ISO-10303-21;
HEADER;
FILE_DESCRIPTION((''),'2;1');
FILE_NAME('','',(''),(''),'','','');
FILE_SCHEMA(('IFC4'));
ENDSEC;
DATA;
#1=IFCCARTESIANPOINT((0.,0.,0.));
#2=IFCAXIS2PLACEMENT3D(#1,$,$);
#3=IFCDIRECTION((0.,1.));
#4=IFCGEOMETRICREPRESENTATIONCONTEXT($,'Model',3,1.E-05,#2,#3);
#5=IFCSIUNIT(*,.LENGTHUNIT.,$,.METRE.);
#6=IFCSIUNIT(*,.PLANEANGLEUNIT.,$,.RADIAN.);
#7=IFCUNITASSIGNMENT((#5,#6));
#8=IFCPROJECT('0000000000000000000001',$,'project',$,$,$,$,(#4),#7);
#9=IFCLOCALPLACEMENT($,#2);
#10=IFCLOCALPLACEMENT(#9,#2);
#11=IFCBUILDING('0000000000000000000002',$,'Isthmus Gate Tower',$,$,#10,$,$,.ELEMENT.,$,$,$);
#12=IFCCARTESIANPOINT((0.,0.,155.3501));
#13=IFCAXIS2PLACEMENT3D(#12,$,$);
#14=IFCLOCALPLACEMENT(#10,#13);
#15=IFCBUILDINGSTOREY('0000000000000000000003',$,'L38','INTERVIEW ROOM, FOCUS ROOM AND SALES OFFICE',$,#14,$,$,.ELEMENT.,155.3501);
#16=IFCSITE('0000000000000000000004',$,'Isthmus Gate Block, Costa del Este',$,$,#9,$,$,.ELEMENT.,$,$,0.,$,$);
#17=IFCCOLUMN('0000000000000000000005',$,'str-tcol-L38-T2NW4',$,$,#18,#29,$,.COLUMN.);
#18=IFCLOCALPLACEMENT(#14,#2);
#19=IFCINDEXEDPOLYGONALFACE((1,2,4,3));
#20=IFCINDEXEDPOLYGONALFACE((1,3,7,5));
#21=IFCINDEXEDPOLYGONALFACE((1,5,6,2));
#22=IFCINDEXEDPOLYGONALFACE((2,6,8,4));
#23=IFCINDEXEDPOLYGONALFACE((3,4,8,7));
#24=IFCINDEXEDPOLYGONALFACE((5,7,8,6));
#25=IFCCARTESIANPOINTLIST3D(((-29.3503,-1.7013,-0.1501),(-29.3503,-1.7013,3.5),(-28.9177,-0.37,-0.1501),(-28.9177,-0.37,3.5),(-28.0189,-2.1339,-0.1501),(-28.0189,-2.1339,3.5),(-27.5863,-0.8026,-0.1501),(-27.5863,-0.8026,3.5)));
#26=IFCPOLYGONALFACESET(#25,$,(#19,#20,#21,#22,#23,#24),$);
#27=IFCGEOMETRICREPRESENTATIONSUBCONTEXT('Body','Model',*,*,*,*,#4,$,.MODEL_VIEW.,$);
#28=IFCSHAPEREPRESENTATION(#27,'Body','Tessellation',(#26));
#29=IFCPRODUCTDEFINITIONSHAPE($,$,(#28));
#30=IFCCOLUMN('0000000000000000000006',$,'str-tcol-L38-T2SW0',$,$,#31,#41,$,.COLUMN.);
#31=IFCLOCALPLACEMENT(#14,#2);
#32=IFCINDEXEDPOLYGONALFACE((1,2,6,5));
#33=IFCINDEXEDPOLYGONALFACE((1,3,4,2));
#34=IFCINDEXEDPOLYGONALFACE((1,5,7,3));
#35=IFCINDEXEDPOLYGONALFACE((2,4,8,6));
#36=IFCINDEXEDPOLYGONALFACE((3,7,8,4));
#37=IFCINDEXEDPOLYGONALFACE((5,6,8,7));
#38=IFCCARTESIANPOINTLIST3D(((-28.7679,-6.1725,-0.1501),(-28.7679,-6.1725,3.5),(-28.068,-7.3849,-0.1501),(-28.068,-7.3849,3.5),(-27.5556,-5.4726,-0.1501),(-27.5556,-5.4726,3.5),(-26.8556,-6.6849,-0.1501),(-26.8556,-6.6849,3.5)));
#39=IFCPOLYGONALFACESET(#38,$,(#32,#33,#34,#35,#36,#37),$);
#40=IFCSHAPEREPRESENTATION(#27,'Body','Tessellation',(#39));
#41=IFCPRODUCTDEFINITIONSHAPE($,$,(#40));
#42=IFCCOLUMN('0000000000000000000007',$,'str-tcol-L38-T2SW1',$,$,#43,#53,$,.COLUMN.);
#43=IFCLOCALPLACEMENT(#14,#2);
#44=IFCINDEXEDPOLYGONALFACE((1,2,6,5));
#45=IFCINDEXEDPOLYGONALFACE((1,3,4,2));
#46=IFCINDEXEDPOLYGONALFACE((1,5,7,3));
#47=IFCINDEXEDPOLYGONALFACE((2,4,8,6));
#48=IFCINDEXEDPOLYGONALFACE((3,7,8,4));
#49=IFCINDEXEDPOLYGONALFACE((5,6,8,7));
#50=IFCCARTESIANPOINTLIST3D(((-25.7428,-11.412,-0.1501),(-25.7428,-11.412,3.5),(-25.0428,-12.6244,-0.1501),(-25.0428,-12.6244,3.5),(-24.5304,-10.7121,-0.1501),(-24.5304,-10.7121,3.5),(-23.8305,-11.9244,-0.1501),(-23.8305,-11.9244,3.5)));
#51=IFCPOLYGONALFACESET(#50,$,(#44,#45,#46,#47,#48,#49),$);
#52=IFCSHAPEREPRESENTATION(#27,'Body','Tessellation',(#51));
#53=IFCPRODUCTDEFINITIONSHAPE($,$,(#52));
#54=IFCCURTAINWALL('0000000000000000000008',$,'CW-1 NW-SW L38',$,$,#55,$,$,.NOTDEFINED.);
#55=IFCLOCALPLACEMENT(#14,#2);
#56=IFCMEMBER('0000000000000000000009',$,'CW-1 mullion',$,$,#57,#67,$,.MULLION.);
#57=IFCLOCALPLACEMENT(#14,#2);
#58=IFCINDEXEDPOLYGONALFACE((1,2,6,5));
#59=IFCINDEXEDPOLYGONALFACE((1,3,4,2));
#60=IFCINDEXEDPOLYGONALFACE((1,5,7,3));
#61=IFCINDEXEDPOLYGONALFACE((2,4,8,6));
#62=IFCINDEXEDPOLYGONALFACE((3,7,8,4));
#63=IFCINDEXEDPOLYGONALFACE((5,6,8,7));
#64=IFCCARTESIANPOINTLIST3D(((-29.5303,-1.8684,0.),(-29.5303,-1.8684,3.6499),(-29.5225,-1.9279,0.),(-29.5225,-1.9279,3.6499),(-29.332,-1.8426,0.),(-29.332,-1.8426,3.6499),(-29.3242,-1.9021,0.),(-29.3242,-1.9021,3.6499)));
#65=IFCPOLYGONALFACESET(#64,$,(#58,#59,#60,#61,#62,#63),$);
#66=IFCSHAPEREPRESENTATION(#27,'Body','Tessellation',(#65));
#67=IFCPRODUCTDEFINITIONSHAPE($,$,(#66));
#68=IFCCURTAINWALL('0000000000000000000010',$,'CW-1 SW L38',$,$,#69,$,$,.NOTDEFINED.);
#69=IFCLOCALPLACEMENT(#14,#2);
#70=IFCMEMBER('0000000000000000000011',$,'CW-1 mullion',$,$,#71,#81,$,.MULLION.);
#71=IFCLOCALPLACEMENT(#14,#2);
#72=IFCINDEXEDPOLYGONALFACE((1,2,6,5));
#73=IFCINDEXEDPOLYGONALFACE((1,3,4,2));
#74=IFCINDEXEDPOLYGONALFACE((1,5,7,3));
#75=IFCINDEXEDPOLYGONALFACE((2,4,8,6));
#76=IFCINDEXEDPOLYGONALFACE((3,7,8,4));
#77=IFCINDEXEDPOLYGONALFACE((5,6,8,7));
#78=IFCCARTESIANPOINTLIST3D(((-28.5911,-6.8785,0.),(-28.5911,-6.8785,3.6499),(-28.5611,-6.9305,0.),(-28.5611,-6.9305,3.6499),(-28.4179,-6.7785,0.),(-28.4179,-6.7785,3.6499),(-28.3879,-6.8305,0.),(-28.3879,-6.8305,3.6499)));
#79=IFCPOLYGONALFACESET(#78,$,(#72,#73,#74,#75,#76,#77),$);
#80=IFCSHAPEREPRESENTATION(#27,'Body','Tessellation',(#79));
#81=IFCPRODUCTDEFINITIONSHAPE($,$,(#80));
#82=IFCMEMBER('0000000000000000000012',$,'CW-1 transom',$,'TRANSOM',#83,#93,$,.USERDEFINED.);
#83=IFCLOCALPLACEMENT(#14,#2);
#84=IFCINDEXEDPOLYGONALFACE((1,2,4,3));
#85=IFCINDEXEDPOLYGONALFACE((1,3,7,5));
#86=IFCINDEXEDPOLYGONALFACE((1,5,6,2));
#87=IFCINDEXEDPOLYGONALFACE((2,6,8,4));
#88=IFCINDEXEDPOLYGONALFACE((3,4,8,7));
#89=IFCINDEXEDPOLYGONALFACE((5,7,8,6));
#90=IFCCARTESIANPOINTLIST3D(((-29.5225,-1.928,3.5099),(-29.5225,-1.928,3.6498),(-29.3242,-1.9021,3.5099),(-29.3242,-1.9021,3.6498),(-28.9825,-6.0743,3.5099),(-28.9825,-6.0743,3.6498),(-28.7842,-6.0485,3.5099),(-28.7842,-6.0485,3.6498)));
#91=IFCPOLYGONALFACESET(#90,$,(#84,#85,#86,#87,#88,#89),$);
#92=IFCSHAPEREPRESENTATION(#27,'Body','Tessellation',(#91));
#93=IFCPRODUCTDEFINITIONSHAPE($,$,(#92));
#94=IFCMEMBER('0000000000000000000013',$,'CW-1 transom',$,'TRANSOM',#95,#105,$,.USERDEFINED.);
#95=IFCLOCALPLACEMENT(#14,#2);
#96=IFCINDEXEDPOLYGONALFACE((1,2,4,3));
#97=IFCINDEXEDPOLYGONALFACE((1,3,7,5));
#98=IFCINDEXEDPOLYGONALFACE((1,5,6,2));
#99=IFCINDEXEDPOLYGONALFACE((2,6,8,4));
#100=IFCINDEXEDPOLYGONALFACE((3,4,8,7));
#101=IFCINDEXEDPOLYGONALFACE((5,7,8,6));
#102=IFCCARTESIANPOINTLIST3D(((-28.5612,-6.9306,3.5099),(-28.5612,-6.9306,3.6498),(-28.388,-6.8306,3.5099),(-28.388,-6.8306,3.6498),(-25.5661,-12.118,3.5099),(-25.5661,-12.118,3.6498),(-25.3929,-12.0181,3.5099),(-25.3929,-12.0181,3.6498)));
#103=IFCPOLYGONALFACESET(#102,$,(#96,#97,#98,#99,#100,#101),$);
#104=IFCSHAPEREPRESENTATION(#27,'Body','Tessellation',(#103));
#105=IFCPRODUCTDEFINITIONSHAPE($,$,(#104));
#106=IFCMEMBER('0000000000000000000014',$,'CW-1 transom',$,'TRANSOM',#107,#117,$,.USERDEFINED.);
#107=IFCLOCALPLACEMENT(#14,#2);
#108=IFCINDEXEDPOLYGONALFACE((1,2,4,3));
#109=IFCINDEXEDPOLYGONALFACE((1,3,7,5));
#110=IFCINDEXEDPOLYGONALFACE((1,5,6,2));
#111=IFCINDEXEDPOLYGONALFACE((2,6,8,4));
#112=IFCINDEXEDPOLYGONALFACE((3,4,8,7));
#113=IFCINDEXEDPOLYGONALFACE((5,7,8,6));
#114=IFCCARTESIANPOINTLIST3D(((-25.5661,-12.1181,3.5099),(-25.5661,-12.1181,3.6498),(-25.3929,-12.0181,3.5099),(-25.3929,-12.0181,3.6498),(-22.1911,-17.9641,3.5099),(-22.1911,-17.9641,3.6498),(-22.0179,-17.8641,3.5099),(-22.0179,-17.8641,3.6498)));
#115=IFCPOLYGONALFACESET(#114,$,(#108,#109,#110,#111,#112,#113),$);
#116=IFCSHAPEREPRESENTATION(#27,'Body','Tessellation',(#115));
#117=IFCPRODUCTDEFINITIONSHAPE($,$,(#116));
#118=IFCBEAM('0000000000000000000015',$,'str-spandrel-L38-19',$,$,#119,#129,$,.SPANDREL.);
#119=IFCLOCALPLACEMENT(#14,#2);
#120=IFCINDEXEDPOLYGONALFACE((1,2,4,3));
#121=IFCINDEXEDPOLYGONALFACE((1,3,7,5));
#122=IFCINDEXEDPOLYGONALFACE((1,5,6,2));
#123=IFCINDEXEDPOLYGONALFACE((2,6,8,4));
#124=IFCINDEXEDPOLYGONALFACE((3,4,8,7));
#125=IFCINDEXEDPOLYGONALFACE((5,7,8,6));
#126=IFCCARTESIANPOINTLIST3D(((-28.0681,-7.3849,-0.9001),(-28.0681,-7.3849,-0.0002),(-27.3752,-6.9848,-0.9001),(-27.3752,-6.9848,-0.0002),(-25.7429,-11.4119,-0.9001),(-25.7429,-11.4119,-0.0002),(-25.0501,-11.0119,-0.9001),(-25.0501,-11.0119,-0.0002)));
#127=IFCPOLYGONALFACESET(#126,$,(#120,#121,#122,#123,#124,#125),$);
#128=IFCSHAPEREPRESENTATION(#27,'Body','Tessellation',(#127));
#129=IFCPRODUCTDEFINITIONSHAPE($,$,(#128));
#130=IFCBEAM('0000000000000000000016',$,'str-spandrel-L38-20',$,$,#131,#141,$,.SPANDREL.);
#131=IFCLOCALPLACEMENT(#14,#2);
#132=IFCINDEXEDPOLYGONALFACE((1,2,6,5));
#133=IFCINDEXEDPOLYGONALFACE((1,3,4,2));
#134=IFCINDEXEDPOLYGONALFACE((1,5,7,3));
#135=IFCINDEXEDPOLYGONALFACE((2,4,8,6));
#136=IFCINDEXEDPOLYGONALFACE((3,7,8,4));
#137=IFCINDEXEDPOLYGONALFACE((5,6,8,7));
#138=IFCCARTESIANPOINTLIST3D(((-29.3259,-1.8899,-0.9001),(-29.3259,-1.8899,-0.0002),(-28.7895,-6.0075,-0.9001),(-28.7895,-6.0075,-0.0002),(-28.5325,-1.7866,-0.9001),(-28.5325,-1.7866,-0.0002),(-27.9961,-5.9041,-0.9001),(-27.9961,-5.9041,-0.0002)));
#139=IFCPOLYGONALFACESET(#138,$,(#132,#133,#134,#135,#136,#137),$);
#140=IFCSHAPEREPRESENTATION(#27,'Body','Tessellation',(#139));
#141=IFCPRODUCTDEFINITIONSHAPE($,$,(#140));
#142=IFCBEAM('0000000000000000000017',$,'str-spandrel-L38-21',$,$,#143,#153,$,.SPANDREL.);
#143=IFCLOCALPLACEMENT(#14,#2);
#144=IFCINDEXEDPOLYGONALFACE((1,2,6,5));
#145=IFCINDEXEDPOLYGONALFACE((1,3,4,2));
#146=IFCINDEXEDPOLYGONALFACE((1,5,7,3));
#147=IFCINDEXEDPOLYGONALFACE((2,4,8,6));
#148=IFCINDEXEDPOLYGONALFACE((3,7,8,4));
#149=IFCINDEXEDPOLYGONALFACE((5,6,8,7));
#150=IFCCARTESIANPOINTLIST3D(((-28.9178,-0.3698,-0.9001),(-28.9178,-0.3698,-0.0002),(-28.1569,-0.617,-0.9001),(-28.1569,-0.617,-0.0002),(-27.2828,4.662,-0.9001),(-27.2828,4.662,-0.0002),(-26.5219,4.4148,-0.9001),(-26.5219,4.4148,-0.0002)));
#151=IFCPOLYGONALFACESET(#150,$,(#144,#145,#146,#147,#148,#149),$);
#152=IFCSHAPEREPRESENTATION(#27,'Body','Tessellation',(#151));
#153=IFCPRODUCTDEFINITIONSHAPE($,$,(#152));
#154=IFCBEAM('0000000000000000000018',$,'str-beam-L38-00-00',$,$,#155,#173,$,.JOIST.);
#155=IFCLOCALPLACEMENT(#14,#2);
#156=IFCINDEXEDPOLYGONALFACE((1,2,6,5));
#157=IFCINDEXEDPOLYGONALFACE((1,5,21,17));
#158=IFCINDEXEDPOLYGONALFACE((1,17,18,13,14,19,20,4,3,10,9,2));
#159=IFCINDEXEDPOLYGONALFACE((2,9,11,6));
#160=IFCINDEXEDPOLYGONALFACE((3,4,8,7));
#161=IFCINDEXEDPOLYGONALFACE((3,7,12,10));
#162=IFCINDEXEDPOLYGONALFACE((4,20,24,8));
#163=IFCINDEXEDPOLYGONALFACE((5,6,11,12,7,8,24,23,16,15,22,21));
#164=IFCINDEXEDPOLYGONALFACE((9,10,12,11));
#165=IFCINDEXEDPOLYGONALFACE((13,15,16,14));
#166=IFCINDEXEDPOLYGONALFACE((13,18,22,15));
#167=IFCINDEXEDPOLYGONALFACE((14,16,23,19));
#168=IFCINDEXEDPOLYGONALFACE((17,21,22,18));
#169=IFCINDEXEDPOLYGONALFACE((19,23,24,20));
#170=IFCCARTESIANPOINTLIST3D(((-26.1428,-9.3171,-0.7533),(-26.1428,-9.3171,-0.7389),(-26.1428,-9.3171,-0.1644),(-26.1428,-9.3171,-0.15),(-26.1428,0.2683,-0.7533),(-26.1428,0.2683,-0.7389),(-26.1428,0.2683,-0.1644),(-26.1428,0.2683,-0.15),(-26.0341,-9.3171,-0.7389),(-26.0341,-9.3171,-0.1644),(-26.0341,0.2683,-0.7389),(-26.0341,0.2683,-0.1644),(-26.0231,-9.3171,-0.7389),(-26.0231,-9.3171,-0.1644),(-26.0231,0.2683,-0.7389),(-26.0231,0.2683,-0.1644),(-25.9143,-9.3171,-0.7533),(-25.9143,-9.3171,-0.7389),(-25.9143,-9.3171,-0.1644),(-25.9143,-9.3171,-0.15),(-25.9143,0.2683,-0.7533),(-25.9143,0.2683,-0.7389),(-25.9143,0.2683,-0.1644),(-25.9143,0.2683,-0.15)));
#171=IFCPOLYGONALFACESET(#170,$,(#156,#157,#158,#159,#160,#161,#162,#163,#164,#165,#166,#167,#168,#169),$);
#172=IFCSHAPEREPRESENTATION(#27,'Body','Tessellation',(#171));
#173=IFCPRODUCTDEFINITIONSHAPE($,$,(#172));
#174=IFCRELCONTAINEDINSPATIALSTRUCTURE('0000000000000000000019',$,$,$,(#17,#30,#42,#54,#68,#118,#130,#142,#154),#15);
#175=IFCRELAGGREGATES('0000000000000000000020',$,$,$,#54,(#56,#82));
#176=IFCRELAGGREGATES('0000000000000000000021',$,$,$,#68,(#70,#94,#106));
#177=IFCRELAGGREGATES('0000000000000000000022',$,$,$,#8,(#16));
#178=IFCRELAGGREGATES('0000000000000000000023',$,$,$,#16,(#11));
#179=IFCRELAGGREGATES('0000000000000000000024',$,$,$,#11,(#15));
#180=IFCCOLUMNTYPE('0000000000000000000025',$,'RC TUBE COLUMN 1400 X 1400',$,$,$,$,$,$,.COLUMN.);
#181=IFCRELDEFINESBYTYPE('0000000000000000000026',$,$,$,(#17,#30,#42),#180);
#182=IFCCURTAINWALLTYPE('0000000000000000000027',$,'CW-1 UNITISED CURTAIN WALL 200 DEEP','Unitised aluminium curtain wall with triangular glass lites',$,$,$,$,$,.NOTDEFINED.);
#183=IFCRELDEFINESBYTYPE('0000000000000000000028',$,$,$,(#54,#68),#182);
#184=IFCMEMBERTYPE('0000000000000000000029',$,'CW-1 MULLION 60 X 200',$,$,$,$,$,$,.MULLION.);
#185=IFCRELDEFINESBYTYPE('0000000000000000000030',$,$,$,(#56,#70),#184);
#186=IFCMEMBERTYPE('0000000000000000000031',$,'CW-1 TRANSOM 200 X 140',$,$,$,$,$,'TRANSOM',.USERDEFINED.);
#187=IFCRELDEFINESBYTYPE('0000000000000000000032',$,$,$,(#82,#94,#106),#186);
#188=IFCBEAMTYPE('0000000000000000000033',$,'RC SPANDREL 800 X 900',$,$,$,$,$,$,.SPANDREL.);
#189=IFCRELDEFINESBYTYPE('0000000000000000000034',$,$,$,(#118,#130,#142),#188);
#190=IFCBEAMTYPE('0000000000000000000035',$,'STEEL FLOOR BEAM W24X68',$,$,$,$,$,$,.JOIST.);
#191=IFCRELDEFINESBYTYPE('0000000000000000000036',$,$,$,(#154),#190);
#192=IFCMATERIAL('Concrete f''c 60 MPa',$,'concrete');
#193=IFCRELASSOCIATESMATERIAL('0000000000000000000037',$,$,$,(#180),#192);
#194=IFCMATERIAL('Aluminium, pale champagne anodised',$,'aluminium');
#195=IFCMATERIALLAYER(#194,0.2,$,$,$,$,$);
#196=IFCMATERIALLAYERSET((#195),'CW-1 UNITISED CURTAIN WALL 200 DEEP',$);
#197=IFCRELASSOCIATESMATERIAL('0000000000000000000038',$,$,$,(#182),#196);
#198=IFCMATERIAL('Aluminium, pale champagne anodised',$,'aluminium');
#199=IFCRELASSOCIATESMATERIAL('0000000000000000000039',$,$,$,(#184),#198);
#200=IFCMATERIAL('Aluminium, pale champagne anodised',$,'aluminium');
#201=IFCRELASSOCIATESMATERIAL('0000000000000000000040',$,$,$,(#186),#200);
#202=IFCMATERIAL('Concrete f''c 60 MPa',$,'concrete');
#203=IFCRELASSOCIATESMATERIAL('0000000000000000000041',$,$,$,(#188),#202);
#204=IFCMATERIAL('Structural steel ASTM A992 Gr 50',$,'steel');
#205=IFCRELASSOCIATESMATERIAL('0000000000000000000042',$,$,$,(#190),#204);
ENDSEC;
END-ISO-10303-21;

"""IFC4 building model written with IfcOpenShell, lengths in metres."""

from ifc_helpers import new_model, si_unit, direction, frame, origin, origin_2d, place, context, subcontext, project, spatial, rectangle, i_section, extrude, material, layer, layer_set, material_profile, profile_set, type_object, element, aggregate, save


model = new_model("IFC4")

# Units and contexts
model_context = context("Model", 3, precision=1e-05, world=origin(), true_north=direction((0.0, 1.0)))
body_context = subcontext(model_context, "Body", "Model", "MODEL_VIEW")
ifc_project = project(units=[si_unit("LENGTHUNIT", "METRE"), si_unit("PLANEANGLEUNIT", "RADIAN")], contexts=[model_context])

# Site, building, storey
site_placement = place(None, origin())
site = spatial("IfcSite", under=ifc_project, at=site_placement, Name="Isthmus Gate Block, Costa del Este", CompositionType="ELEMENT", RefElevation=0.0)
building_placement = place(site_placement, origin())
building = spatial("IfcBuilding", under=site, at=building_placement, Name="Isthmus Gate Tower", CompositionType="ELEMENT")
storey_placement = place(building_placement, frame((0.0, 0.0, 155.3501)))
storey = spatial("IfcBuildingStorey", under=building, at=storey_placement, Name="L38", Description="INTERVIEW ROOM, FOCUS ROOM AND SALES OFFICE", CompositionType="ELEMENT", Elevation=155.3501)

# Columns
ifc_material_1 = material(Name="Concrete f'c 60 MPa", Category="concrete")
ifc_material_profile_1 = material_profile(ifc_material_1, rectangle(XDim=1.3999, YDim=1.3999, at=origin_2d()), Name="RC 1400X1400")
ifc_profile_set_1 = profile_set([ifc_material_profile_1], Name="Concrete f'c 60 MPa")
column_type = type_object("IfcColumnType", Name="RC TUBE COLUMN 1400 X 1400", PredefinedType="COLUMN", material=ifc_profile_set_1)
for number, where, z_axis, x_axis, name in (
    (1, (-28.4683, -1.252, -0.1501), (0.0, 0.0, 1.0), (-0.309017, -0.951057, 0.0), "str-tcol-L38-T2NW4"),
    (2, (-27.8118, -6.4287, -0.1501), (0.0, 0.0, 1.0), (0.5, -0.866025, 0.0), "str-tcol-L38-T2SW0"),
    (3, (-24.7866, -11.6682, -0.1501), (0.0, 0.0, 1.0), (0.5, -0.866025, 0.0), "str-tcol-L38-T2SW1"),
):
    element("IfcColumn", number, at=place(storey_placement, frame(where, z_axis=z_axis, x_axis=x_axis)), inside=storey, type_object=column_type, Name=name, PredefinedType="COLUMN", context=body_context, shape_type="SweptSolid", body=[
        extrude(rectangle(XDim=1.3999, YDim=1.3999, at=origin_2d()), origin(), (0.0, 0.0, 1.0), 3.6501),
    ])

# Curtain walls, members
ifc_material_2 = material(Name="Aluminium, pale champagne anodised", Category="aluminium")
ifc_layer_1 = layer(ifc_material_2, 0.2)
ifc_layer_set_1 = layer_set([ifc_layer_1], Name="CW-1 UNITISED CURTAIN WALL 200 DEEP")
curtain_wall_type = type_object("IfcCurtainWallType", Name="CW-1 UNITISED CURTAIN WALL 200 DEEP", Description="Unitised aluminium curtain wall with triangular glass lites", PredefinedType="NOTDEFINED", material=ifc_layer_set_1)
curtain_wall_1_placement = place(storey_placement, origin())
curtain_wall_1 = element("IfcCurtainWall", 4, at=curtain_wall_1_placement, inside=storey, type_object=curtain_wall_type, Name="CW-1 NW-SW L38", PredefinedType="NOTDEFINED")
ifc_material_3 = material(Name="Aluminium, pale champagne anodised", Category="aluminium")
ifc_material_profile_2 = material_profile(ifc_material_3, rectangle(XDim=0.0601, YDim=0.2, at=origin_2d()), Name="60x200")
ifc_profile_set_2 = profile_set([ifc_material_profile_2], Name="Aluminium, pale champagne anodised")
member_type_1 = type_object("IfcMemberType", Name="CW-1 MULLION 60 X 200", PredefinedType="MULLION", material=ifc_profile_set_2)
member_1_placement = place(storey_placement, frame((-29.4272, -1.8853, 0.0), z_axis=(0.0, 0.0, 1.0), x_axis=(0.129165, -0.991623, 0.0)))
member_1 = element("IfcMember", 5, at=member_1_placement, type_object=member_type_1, Name="CW-1 mullion", PredefinedType="MULLION", context=body_context, shape_type="SweptSolid", body=[
    extrude(rectangle(XDim=0.0601, YDim=0.2, at=origin_2d()), origin(), (0.0, 0.0, 1.0), 3.6499),
])
curtain_wall_2_placement = place(storey_placement, origin())
curtain_wall_2 = element("IfcCurtainWall", 6, at=curtain_wall_2_placement, inside=storey, type_object=curtain_wall_type, Name="CW-1 SW L38", PredefinedType="NOTDEFINED")
member_2_placement = place(storey_placement, frame((-28.4895, -6.8545, 0.0), z_axis=(0.0, 0.0, 1.0), x_axis=(0.5, -0.866025, 0.0)))
member_2 = element("IfcMember", 7, at=member_2_placement, type_object=member_type_1, Name="CW-1 mullion", PredefinedType="MULLION", context=body_context, shape_type="SweptSolid", body=[
    extrude(rectangle(XDim=0.0601, YDim=0.2, at=origin_2d()), origin(), (0.0, 0.0, 1.0), 3.6499),
])

# Members
ifc_material_4 = material(Name="Aluminium, pale champagne anodised", Category="aluminium")
ifc_material_profile_3 = material_profile(ifc_material_4, rectangle(XDim=0.2, YDim=0.1399, at=origin_2d()), Name="200x140")
ifc_profile_set_3 = profile_set([ifc_material_profile_3], Name="Aluminium, pale champagne anodised")
member_type_2 = type_object("IfcMemberType", Name="CW-1 TRANSOM 200 X 140", ElementType="TRANSOM", PredefinedType="USERDEFINED", material=ifc_profile_set_3)
member_3_placement = place(storey_placement, frame((-29.4233, -1.915, 3.5798), z_axis=(0.129149, -0.991625, 0.0), x_axis=(0.991625, 0.129149, 0.0)))
member_3 = element("IfcMember", 8, at=member_3_placement, type_object=member_type_2, Name="CW-1 transom", ObjectType="TRANSOM", PredefinedType="USERDEFINED", context=body_context, shape_type="SweptSolid", body=[
    extrude(rectangle(XDim=0.2, YDim=0.1399, at=origin_2d()), origin(), (0.0, 0.0, 1.0), 4.1814),
])
member_4_placement = place(storey_placement, frame((-28.4746, -6.8806, 3.5798), z_axis=(0.500014, -0.866017, 0.0), x_axis=(0.866017, 0.500014, 0.0)))
member_4 = element("IfcMember", 9, at=member_4_placement, type_object=member_type_2, Name="CW-1 transom", ObjectType="TRANSOM", PredefinedType="USERDEFINED", context=body_context, shape_type="SweptSolid", body=[
    extrude(rectangle(XDim=0.2, YDim=0.1399, at=origin_2d()), origin(), (0.0, 0.0, 1.0), 5.99),
])
member_5_placement = place(storey_placement, frame((-25.4795, -12.0681, 3.5798), z_axis=(0.499982, -0.866036, 0.0), x_axis=(0.866036, 0.499982, 0.0)))
member_5 = element("IfcMember", 10, at=member_5_placement, type_object=member_type_2, Name="CW-1 transom", ObjectType="TRANSOM", PredefinedType="USERDEFINED", context=body_context, shape_type="SweptSolid", body=[
    extrude(rectangle(XDim=0.2, YDim=0.1399, at=origin_2d()), origin(), (0.0, 0.0, 1.0), 6.7502),
])

# Beams
ifc_material_5 = material(Name="Concrete f'c 60 MPa", Category="concrete")
ifc_material_profile_4 = material_profile(ifc_material_5, rectangle(XDim=0.8, YDim=0.8999, at=origin_2d()), Name="RC 800X900")
ifc_profile_set_4 = profile_set([ifc_material_profile_4], Name="Concrete f'c 60 MPa")
beam_type_1 = type_object("IfcBeamType", Name="RC SPANDREL 800 X 900", PredefinedType="SPANDREL", material=ifc_profile_set_4)
beam_1_placement = place(storey_placement, frame((-25.3965, -11.2119, -0.4502), z_axis=(-0.500024, 0.866012, 0.0), x_axis=(-0.866012, -0.500024, 0.0)))
element("IfcBeam", 11, at=beam_1_placement, inside=storey, type_object=beam_type_1, Name="str-spandrel-L38-19", PredefinedType="SPANDREL", context=body_context, shape_type="SweptSolid", body=[
    extrude(rectangle(XDim=0.8, YDim=0.8999, at=origin_2d()), origin(), (0.0, 0.0, 1.0), 4.6501),
])
beam_2_placement = place(storey_placement, frame((-28.3928, -5.9558, -0.4502), z_axis=(-0.129171, 0.991622, 0.0), x_axis=(-0.991622, -0.129171, 0.0)))
element("IfcBeam", 12, at=beam_2_placement, inside=storey, type_object=beam_type_1, Name="str-spandrel-L38-20", PredefinedType="SPANDREL", context=body_context, shape_type="SweptSolid", body=[
    extrude(rectangle(XDim=0.8, YDim=0.8999, at=origin_2d()), origin(), (0.0, 0.0, 1.0), 4.1523),
])
beam_3_placement = place(storey_placement, frame((-28.5374, -0.4934, -0.4502), z_axis=(0.309034, 0.951051, 0.0), x_axis=(-0.951051, 0.309034, 0.0)))
element("IfcBeam", 13, at=beam_3_placement, inside=storey, type_object=beam_type_1, Name="str-spandrel-L38-21", PredefinedType="SPANDREL", context=body_context, shape_type="SweptSolid", body=[
    extrude(rectangle(XDim=0.8, YDim=0.8999, at=origin_2d()), origin(), (0.0, 0.0, 1.0), 5.2908),
])
ifc_material_6 = material(Name="Structural steel ASTM A992 Gr 50", Category="steel")
ifc_material_profile_5 = material_profile(ifc_material_6, i_section(OverallWidth=0.2285, OverallDepth=0.6033, WebThickness=0.011, FlangeThickness=0.0144, at=origin_2d()), Name="W24X68")
ifc_profile_set_5 = profile_set([ifc_material_profile_5], Name="Structural steel ASTM A992 Gr 50")
beam_type_2 = type_object("IfcBeamType", Name="STEEL FLOOR BEAM W24X68", PredefinedType="JOIST", material=ifc_profile_set_5)
beam_4_placement = place(storey_placement, frame((-26.0286, -9.3171, -0.4517), z_axis=(0.0, 1.0, 0.0), x_axis=(-1.0, 0.0, 0.0)))
element("IfcBeam", 14, at=beam_4_placement, inside=storey, type_object=beam_type_2, Name="str-beam-L38-00-00", PredefinedType="JOIST", context=body_context, shape_type="SweptSolid", body=[
    extrude(i_section(OverallWidth=0.2285, OverallDepth=0.6033, WebThickness=0.011, FlangeThickness=0.0144, at=origin_2d()), origin(), (0.0, 0.0, 1.0), 9.5854),
])

aggregate(curtain_wall_1, [member_1, member_3])
aggregate(curtain_wall_2, [member_2, member_4, member_5])

save(model, "model.ifc")
